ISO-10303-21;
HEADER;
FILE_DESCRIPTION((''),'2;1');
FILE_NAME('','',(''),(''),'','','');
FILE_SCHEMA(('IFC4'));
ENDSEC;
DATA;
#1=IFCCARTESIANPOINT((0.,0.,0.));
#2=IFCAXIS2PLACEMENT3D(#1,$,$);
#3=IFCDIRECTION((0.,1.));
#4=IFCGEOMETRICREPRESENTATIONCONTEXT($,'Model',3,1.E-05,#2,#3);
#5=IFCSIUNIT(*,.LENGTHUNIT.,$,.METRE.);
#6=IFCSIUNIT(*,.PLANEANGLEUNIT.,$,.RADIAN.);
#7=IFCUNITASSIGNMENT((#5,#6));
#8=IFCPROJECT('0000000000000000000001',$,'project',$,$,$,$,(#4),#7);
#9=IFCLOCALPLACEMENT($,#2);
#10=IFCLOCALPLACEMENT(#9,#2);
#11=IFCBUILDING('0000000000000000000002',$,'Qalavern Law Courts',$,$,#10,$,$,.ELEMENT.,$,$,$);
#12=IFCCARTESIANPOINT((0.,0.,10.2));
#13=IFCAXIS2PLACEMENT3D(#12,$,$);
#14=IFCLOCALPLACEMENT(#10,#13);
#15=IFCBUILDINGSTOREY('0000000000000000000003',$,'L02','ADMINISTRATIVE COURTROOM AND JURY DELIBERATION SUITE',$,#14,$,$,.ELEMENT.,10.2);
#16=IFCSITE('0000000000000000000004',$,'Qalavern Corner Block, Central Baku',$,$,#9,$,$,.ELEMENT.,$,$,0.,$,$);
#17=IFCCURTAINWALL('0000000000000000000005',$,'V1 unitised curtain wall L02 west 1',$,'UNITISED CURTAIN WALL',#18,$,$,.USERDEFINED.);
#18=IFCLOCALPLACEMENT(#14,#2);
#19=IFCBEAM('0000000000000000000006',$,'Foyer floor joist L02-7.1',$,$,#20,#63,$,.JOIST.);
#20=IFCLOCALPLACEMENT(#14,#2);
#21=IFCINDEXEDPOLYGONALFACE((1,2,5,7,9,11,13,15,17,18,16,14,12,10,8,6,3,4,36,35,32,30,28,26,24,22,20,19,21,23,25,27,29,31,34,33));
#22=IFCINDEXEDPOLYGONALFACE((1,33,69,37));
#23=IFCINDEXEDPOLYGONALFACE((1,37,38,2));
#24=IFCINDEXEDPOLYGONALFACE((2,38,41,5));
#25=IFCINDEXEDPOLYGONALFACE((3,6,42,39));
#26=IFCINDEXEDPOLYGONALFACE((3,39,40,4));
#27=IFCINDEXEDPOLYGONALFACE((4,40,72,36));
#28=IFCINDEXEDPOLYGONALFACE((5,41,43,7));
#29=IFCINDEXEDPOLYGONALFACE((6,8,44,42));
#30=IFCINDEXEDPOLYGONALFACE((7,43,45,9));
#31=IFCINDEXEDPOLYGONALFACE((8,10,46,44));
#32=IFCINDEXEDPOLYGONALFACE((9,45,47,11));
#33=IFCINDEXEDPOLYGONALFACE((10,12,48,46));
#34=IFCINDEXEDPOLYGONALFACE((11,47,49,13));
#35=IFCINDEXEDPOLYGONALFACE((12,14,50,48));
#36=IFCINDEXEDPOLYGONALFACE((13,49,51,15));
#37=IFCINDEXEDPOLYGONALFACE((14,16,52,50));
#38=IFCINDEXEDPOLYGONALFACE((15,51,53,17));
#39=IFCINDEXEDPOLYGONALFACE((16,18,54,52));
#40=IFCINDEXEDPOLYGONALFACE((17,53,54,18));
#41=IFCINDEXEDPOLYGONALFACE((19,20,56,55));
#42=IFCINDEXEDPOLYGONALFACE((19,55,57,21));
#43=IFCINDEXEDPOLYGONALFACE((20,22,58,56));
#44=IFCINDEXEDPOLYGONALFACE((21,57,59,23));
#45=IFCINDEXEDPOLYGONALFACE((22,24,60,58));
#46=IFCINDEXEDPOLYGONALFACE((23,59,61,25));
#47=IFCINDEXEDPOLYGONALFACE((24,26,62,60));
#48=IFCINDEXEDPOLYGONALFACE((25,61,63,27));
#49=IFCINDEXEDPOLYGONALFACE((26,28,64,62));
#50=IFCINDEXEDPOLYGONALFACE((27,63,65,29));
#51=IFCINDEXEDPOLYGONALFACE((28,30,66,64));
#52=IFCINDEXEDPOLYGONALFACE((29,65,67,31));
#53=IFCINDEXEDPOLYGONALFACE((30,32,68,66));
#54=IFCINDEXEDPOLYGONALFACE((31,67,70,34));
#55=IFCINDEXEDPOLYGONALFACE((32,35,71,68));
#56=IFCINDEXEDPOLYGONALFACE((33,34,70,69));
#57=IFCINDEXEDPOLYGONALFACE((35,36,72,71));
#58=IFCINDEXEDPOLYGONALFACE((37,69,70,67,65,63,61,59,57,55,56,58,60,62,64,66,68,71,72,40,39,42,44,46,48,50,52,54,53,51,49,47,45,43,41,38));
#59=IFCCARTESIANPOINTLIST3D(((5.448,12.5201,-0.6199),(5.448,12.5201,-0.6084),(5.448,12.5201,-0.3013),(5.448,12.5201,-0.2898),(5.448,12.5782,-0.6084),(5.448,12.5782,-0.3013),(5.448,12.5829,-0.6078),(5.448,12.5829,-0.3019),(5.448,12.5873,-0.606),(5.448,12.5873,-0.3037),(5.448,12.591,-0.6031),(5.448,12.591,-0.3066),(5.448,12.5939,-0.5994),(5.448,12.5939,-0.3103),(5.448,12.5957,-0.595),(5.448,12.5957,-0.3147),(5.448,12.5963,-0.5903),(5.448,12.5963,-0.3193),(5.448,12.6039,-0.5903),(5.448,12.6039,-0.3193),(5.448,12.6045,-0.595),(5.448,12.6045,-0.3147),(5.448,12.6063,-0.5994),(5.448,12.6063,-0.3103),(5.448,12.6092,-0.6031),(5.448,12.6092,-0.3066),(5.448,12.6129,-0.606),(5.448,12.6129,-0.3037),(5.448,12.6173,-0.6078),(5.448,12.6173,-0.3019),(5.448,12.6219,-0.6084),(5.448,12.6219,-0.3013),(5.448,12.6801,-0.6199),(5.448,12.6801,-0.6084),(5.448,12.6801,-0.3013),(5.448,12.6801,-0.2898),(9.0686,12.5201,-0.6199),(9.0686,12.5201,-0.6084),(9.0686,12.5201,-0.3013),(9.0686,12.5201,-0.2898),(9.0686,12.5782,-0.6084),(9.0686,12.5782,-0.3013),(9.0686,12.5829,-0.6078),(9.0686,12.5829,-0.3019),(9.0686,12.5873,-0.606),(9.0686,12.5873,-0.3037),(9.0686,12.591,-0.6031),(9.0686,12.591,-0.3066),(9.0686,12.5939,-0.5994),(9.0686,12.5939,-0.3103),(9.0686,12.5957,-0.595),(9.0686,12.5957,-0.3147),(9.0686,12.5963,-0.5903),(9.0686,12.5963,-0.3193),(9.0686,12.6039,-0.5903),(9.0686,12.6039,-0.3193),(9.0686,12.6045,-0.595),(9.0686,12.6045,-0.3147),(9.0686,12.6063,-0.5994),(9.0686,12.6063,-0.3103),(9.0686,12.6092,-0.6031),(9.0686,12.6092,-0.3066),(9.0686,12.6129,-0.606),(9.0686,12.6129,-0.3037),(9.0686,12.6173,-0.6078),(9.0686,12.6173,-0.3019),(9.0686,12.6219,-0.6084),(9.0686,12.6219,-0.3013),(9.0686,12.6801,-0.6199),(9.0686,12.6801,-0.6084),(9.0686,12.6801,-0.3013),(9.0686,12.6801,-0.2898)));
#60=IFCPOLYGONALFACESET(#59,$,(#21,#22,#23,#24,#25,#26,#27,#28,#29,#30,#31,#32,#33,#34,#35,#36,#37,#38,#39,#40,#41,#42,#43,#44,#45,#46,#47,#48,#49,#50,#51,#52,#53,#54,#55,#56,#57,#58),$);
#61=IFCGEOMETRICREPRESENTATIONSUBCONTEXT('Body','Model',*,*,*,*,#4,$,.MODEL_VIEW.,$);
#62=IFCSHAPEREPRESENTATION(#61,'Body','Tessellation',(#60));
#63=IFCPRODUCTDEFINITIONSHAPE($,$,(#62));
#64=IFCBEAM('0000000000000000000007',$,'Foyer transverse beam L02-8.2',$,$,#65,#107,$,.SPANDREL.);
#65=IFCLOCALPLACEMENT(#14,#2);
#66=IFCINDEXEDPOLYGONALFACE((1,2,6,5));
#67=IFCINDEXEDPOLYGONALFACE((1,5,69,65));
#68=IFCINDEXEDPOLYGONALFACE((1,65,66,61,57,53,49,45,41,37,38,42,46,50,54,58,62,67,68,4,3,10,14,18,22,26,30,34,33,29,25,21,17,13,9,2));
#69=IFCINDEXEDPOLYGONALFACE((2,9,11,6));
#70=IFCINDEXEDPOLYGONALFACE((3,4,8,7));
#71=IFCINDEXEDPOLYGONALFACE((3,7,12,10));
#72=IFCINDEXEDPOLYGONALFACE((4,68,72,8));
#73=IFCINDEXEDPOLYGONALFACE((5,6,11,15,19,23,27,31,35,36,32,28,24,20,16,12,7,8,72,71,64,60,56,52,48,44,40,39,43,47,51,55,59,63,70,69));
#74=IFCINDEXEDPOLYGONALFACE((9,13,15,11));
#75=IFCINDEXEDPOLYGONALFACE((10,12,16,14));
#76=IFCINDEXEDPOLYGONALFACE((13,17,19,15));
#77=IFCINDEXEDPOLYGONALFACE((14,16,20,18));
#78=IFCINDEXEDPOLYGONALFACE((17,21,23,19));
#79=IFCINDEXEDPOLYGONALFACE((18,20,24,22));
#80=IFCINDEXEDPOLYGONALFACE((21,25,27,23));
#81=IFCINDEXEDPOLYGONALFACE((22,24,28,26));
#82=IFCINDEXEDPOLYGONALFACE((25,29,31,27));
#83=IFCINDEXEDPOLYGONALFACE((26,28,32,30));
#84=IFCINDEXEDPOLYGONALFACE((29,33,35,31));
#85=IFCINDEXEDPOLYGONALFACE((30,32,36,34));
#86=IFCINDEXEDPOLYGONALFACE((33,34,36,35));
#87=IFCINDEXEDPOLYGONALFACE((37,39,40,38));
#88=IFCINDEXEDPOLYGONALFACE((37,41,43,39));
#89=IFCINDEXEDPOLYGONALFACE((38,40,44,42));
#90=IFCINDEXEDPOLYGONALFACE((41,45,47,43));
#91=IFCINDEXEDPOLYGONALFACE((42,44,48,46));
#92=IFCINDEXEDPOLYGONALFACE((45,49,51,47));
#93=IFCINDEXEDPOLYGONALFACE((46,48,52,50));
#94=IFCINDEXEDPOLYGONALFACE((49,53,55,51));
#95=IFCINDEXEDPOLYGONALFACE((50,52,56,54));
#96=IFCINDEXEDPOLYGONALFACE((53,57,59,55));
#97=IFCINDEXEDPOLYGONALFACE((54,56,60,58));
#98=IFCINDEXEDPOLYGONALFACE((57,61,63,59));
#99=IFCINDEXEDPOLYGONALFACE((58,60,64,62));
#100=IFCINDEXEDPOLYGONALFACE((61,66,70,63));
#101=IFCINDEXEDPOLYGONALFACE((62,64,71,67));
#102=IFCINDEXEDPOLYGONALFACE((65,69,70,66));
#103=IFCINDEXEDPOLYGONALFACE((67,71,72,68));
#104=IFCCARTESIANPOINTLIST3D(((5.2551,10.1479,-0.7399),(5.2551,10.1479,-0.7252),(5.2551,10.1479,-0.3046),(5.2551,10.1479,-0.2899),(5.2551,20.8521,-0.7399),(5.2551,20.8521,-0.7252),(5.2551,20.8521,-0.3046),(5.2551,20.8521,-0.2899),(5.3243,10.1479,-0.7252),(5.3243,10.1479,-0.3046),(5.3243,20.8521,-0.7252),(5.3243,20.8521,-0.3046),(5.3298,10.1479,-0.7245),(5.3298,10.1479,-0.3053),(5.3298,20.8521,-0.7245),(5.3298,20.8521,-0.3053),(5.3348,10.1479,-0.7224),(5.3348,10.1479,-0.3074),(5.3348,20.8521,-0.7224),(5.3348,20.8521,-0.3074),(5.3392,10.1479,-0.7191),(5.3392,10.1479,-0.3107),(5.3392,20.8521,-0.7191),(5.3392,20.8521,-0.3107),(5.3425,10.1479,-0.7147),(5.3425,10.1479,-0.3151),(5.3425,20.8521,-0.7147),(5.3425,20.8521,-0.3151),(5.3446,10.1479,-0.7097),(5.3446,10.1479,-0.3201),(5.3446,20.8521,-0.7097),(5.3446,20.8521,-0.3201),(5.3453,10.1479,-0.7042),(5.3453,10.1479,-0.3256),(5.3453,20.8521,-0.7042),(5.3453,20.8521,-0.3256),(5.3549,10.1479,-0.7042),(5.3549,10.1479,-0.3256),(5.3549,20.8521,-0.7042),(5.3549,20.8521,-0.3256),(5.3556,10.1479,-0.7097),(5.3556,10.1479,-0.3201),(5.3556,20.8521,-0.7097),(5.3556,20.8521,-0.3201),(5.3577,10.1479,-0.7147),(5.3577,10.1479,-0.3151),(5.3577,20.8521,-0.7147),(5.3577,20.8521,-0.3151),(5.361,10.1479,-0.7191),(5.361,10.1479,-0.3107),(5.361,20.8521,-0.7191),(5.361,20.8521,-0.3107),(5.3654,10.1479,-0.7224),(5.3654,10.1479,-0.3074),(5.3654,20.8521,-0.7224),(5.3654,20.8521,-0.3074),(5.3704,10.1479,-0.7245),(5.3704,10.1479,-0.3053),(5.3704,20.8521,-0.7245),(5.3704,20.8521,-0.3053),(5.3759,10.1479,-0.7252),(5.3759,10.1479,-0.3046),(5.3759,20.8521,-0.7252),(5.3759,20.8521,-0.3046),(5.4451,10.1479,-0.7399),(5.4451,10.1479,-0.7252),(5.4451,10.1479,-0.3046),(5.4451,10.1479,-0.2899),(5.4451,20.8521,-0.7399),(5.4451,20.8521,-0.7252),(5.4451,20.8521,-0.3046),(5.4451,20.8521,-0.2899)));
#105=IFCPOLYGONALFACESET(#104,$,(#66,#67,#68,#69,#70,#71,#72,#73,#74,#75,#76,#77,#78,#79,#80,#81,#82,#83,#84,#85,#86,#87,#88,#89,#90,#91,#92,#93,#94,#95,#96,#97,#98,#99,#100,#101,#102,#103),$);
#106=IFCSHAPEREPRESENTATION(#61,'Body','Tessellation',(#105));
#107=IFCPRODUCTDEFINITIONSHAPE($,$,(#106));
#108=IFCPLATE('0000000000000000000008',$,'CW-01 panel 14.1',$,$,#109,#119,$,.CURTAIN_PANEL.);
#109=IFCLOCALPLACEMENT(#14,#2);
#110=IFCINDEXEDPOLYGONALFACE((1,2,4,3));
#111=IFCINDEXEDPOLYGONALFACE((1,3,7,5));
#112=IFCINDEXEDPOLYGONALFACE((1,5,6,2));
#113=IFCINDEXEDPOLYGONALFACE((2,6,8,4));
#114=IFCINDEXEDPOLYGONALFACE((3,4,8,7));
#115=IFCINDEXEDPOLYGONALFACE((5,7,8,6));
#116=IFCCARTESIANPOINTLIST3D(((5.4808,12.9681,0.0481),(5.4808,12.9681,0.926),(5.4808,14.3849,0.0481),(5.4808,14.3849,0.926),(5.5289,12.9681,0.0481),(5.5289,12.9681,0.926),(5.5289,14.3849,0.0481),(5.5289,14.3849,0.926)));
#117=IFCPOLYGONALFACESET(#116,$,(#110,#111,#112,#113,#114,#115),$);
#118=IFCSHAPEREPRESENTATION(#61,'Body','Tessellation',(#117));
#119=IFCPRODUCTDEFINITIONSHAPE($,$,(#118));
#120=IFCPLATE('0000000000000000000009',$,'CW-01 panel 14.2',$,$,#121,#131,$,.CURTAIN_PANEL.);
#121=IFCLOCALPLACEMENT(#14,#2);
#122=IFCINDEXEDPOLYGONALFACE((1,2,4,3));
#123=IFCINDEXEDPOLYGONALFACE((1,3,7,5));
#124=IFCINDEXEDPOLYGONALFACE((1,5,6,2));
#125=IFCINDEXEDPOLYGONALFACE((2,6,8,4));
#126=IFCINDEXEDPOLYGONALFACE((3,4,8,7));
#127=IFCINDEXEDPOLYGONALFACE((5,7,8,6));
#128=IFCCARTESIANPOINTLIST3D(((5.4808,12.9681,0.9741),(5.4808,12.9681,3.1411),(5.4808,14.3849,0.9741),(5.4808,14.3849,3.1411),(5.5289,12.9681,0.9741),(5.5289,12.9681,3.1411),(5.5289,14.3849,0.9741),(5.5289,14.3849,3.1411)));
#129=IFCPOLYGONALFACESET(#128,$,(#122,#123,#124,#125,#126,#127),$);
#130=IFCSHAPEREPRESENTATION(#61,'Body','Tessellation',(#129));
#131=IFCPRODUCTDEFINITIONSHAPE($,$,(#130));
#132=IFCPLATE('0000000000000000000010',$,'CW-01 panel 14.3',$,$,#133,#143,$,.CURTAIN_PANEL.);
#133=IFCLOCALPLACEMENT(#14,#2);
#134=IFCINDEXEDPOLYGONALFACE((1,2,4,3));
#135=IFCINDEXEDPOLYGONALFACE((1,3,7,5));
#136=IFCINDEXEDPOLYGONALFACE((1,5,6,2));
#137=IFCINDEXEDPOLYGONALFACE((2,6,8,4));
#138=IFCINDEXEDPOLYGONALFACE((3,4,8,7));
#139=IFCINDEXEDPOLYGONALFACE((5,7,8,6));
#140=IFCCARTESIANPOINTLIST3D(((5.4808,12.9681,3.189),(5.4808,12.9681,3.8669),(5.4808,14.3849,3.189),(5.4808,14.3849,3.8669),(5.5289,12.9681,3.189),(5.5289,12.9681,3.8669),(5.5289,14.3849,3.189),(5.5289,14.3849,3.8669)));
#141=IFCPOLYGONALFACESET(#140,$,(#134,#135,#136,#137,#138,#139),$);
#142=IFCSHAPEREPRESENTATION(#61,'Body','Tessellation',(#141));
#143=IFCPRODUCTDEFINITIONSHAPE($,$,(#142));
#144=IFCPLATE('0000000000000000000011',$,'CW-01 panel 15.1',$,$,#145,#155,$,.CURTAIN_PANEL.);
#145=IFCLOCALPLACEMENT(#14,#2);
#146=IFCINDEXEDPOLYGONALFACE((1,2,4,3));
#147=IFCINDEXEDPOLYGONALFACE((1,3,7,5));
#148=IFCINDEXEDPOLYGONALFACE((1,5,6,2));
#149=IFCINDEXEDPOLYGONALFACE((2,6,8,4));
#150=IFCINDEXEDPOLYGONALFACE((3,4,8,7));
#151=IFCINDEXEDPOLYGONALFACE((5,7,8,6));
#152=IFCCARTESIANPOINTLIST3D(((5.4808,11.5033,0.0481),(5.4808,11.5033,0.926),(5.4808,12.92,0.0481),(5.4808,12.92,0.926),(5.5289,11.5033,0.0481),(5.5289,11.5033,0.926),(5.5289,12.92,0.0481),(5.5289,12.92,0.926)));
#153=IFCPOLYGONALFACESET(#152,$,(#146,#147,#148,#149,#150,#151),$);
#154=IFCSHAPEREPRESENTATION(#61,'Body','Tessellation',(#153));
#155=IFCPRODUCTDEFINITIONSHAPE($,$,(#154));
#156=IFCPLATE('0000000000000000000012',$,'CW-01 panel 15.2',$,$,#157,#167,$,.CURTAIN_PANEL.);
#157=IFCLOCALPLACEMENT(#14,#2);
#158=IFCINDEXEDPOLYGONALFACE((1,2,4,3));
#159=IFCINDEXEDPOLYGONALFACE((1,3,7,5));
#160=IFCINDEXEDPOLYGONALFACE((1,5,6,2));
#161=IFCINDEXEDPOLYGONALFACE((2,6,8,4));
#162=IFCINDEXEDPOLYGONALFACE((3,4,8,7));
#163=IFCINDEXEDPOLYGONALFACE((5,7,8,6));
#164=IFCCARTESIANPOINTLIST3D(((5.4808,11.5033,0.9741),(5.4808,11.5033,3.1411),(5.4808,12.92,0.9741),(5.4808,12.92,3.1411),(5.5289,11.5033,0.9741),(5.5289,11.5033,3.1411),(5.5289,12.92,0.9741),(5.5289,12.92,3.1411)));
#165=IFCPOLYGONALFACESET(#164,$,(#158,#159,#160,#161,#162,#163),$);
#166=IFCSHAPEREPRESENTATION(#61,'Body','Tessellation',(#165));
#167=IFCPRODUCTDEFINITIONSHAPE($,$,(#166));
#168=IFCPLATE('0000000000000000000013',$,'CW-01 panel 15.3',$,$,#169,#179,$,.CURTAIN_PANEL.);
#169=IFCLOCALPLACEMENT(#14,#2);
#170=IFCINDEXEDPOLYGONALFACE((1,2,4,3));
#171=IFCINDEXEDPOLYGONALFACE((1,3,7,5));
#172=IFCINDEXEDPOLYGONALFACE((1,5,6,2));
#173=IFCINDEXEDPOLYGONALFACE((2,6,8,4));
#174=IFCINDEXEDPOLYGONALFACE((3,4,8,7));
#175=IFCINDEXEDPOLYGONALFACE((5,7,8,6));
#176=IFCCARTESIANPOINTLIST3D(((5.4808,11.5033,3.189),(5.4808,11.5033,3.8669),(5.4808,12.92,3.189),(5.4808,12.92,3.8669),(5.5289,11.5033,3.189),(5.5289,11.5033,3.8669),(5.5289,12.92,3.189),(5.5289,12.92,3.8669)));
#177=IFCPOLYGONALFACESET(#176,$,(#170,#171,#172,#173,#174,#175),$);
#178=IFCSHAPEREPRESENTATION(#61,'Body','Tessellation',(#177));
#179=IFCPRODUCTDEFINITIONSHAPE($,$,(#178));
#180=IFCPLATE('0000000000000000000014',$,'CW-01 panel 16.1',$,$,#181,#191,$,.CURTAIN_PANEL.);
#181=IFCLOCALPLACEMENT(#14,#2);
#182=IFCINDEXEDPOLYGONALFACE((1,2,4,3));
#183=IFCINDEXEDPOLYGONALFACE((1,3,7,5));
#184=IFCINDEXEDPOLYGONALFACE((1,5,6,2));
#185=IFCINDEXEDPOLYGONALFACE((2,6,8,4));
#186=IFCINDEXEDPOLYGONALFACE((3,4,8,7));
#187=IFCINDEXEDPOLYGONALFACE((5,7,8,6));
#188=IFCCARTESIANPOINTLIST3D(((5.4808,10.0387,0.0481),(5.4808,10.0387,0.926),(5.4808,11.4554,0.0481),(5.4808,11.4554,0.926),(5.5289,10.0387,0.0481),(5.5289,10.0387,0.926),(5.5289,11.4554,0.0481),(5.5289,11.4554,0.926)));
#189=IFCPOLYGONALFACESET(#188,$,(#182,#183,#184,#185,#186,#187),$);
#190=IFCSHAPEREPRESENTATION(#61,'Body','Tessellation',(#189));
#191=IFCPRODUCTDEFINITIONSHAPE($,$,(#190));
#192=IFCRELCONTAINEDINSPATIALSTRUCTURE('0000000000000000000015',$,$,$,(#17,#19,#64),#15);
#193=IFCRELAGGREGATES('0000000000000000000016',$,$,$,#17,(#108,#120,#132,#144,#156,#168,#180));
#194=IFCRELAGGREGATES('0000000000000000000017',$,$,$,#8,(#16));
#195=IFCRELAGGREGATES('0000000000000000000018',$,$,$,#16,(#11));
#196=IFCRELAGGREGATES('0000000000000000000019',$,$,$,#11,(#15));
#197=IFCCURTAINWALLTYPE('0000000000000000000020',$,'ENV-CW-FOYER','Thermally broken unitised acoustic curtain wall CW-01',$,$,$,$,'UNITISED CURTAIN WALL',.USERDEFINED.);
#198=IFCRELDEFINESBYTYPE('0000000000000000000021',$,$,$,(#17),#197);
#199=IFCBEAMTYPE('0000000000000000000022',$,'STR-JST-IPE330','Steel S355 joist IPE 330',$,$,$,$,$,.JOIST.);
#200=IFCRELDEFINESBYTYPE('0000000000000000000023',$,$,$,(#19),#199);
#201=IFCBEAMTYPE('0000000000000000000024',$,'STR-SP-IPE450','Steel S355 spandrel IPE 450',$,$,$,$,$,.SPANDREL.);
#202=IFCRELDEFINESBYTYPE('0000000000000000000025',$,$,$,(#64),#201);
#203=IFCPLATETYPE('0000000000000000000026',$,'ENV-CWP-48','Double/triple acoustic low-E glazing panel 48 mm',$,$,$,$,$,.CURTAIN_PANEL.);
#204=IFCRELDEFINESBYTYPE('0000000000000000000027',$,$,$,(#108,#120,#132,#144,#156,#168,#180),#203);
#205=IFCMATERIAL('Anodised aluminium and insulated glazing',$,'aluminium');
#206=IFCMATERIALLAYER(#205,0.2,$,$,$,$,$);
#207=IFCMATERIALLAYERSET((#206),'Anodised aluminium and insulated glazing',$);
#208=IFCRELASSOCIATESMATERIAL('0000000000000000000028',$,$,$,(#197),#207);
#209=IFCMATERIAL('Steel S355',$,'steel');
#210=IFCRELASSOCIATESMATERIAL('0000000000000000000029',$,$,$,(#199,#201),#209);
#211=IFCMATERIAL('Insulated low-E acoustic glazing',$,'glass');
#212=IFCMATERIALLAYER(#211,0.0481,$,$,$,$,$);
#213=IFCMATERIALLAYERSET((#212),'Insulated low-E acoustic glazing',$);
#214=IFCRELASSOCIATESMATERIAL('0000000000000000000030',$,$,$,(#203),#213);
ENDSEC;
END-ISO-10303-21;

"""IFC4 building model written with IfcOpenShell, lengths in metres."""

from ifc_helpers import new_model, si_unit, direction, frame, origin, origin_2d, place, context, subcontext, project, spatial, rectangle, i_section, extrude, material, layer, layer_set, material_profile, profile_set, type_object, element, aggregate, save


model = new_model("IFC4")

# Units and contexts
model_context = context("Model", 3, precision=1e-05, world=origin(), true_north=direction((0.0, 1.0)))
body_context = subcontext(model_context, "Body", "Model", "MODEL_VIEW")
ifc_project = project(units=[si_unit("LENGTHUNIT", "METRE"), si_unit("PLANEANGLEUNIT", "RADIAN")], contexts=[model_context])

# Site, building, storey
site_placement = place(None, origin())
site = spatial("IfcSite", under=ifc_project, at=site_placement, Name="Qalavern Corner Block, Central Baku", CompositionType="ELEMENT", RefElevation=0.0)
building_placement = place(site_placement, origin())
building = spatial("IfcBuilding", under=site, at=building_placement, Name="Qalavern Law Courts", CompositionType="ELEMENT")
storey_placement = place(building_placement, frame((0.0, 0.0, 10.2)))
storey = spatial("IfcBuildingStorey", under=building, at=storey_placement, Name="L02", Description="ADMINISTRATIVE COURTROOM AND JURY DELIBERATION SUITE", CompositionType="ELEMENT", Elevation=10.2)

# Curtain wall
ifc_material_1 = material(Name="Anodised aluminium and insulated glazing", Category="aluminium")
ifc_layer_1 = layer(ifc_material_1, 0.2)
ifc_layer_set_1 = layer_set([ifc_layer_1], Name="Anodised aluminium and insulated glazing")
curtain_wall_type = type_object("IfcCurtainWallType", Name="ENV-CW-FOYER", Description="Thermally broken unitised acoustic curtain wall CW-01", ElementType="UNITISED CURTAIN WALL", PredefinedType="USERDEFINED", material=ifc_layer_set_1)
curtain_wall_placement = place(storey_placement, origin())
curtain_wall = element("IfcCurtainWall", 1, at=curtain_wall_placement, inside=storey, type_object=curtain_wall_type, Name="V1 unitised curtain wall L02 west 1", ObjectType="UNITISED CURTAIN WALL", PredefinedType="USERDEFINED")

# Beams
ifc_material_2 = material(Name="Steel S355", Category="steel")
ifc_material_profile_1 = material_profile(ifc_material_2, i_section(OverallWidth=0.1599, OverallDepth=0.3301, WebThickness=0.0076, FlangeThickness=0.0115, FilletRadius=0.0181, at=origin_2d()), Name="IPE 330")
ifc_profile_set_1 = profile_set([ifc_material_profile_1], Name="Steel S355")
beam_type_1 = type_object("IfcBeamType", Name="STR-JST-IPE330", Description="Steel S355 joist IPE 330", PredefinedType="JOIST", material=ifc_profile_set_1)
beam_1_placement = place(storey_placement, frame((5.448, 12.6001, -0.4548), z_axis=(1.0, 0.0, 0.0), x_axis=(0.0, 1.0, 0.0)))
element("IfcBeam", 2, at=beam_1_placement, inside=storey, type_object=beam_type_1, Name="Foyer floor joist L02-7.1", PredefinedType="JOIST", context=body_context, shape_type="SweptSolid", body=[
    extrude(i_section(OverallWidth=0.1599, OverallDepth=0.3301, WebThickness=0.0076, FlangeThickness=0.0115, FilletRadius=0.0181, at=origin_2d()), origin(), (0.0, 0.0, 1.0), 3.6206),
])
ifc_material_profile_2 = material_profile(ifc_material_2, i_section(OverallWidth=0.1899, OverallDepth=0.45, WebThickness=0.0095, FlangeThickness=0.0146, FilletRadius=0.021, at=origin_2d()), Name="IPE 450")
ifc_profile_set_2 = profile_set([ifc_material_profile_2], Name="Steel S355")
beam_type_2 = type_object("IfcBeamType", Name="STR-SP-IPE450", Description="Steel S355 spandrel IPE 450", PredefinedType="SPANDREL", material=ifc_profile_set_2)
beam_2_placement = place(storey_placement, frame((5.3501, 10.1479, -0.5149), z_axis=(0.0, 1.0, 0.0), x_axis=(-1.0, 0.0, 0.0)))
element("IfcBeam", 3, at=beam_2_placement, inside=storey, type_object=beam_type_2, Name="Foyer transverse beam L02-8.2", PredefinedType="SPANDREL", context=body_context, shape_type="SweptSolid", body=[
    extrude(i_section(OverallWidth=0.1899, OverallDepth=0.45, WebThickness=0.0095, FlangeThickness=0.0146, FilletRadius=0.021, at=origin_2d()), origin(), (0.0, 0.0, 1.0), 10.7041),
])

# Plates
ifc_material_3 = material(Name="Insulated low-E acoustic glazing", Category="glass")
ifc_layer_2 = layer(ifc_material_3, 0.0481)
ifc_layer_set_2 = layer_set([ifc_layer_2], Name="Insulated low-E acoustic glazing")
plate_type = type_object("IfcPlateType", Name="ENV-CWP-48", Description="Double/triple acoustic low-E glazing panel 48 mm", PredefinedType="CURTAIN_PANEL", material=ifc_layer_set_2)
plate_1_placement = place(storey_placement, frame((5.5049, 13.6765, 0.0481), z_axis=(0.0, 0.0, 1.0), x_axis=(0.0, -1.0, 0.0)))
plate_1 = element("IfcPlate", 4, at=plate_1_placement, type_object=plate_type, Name="CW-01 panel 14.1", PredefinedType="CURTAIN_PANEL", context=body_context, shape_type="SweptSolid", body=[
    extrude(rectangle(XDim=1.4167, YDim=0.0481, at=origin_2d()), origin(), (0.0, 0.0, 1.0), 0.8779),
])
plate_2_placement = place(storey_placement, frame((5.5049, 13.6765, 0.9741), z_axis=(0.0, 0.0, 1.0), x_axis=(0.0, -1.0, 0.0)))
plate_2 = element("IfcPlate", 5, at=plate_2_placement, type_object=plate_type, Name="CW-01 panel 14.2", PredefinedType="CURTAIN_PANEL", context=body_context, shape_type="SweptSolid", body=[
    extrude(rectangle(XDim=1.4167, YDim=0.0481, at=origin_2d()), origin(), (0.0, 0.0, 1.0), 2.167),
])
plate_3_placement = place(storey_placement, frame((5.5049, 13.6765, 3.189), z_axis=(0.0, 0.0, 1.0), x_axis=(0.0, -1.0, 0.0)))
plate_3 = element("IfcPlate", 6, at=plate_3_placement, type_object=plate_type, Name="CW-01 panel 14.3", PredefinedType="CURTAIN_PANEL", context=body_context, shape_type="SweptSolid", body=[
    extrude(rectangle(XDim=1.4167, YDim=0.0481, at=origin_2d()), origin(), (0.0, 0.0, 1.0), 0.678),
])
plate_4_placement = place(storey_placement, frame((5.5049, 12.2117, 0.0481), z_axis=(0.0, 0.0, 1.0), x_axis=(0.0, -1.0, 0.0)))
plate_4 = element("IfcPlate", 7, at=plate_4_placement, type_object=plate_type, Name="CW-01 panel 15.1", PredefinedType="CURTAIN_PANEL", context=body_context, shape_type="SweptSolid", body=[
    extrude(rectangle(XDim=1.4167, YDim=0.0481, at=origin_2d()), origin(), (0.0, 0.0, 1.0), 0.8779),
])
plate_5_placement = place(storey_placement, frame((5.5049, 12.2117, 0.9741), z_axis=(0.0, 0.0, 1.0), x_axis=(0.0, -1.0, 0.0)))
plate_5 = element("IfcPlate", 8, at=plate_5_placement, type_object=plate_type, Name="CW-01 panel 15.2", PredefinedType="CURTAIN_PANEL", context=body_context, shape_type="SweptSolid", body=[
    extrude(rectangle(XDim=1.4167, YDim=0.0481, at=origin_2d()), origin(), (0.0, 0.0, 1.0), 2.167),
])
plate_6_placement = place(storey_placement, frame((5.5049, 12.2117, 3.189), z_axis=(0.0, 0.0, 1.0), x_axis=(0.0, -1.0, 0.0)))
plate_6 = element("IfcPlate", 9, at=plate_6_placement, type_object=plate_type, Name="CW-01 panel 15.3", PredefinedType="CURTAIN_PANEL", context=body_context, shape_type="SweptSolid", body=[
    extrude(rectangle(XDim=1.4167, YDim=0.0481, at=origin_2d()), origin(), (0.0, 0.0, 1.0), 0.678),
])
plate_7_placement = place(storey_placement, frame((5.5049, 10.7471, 0.0481), z_axis=(0.0, 0.0, 1.0), x_axis=(0.0, -1.0, 0.0)))
plate_7 = element("IfcPlate", 10, at=plate_7_placement, type_object=plate_type, Name="CW-01 panel 16.1", PredefinedType="CURTAIN_PANEL", context=body_context, shape_type="SweptSolid", body=[
    extrude(rectangle(XDim=1.4167, YDim=0.0481, at=origin_2d()), origin(), (0.0, 0.0, 1.0), 0.8779),
])
aggregate(curtain_wall, [plate_1, plate_2, plate_3, plate_4, plate_5, plate_6, plate_7])

save(model, "model.ifc")
